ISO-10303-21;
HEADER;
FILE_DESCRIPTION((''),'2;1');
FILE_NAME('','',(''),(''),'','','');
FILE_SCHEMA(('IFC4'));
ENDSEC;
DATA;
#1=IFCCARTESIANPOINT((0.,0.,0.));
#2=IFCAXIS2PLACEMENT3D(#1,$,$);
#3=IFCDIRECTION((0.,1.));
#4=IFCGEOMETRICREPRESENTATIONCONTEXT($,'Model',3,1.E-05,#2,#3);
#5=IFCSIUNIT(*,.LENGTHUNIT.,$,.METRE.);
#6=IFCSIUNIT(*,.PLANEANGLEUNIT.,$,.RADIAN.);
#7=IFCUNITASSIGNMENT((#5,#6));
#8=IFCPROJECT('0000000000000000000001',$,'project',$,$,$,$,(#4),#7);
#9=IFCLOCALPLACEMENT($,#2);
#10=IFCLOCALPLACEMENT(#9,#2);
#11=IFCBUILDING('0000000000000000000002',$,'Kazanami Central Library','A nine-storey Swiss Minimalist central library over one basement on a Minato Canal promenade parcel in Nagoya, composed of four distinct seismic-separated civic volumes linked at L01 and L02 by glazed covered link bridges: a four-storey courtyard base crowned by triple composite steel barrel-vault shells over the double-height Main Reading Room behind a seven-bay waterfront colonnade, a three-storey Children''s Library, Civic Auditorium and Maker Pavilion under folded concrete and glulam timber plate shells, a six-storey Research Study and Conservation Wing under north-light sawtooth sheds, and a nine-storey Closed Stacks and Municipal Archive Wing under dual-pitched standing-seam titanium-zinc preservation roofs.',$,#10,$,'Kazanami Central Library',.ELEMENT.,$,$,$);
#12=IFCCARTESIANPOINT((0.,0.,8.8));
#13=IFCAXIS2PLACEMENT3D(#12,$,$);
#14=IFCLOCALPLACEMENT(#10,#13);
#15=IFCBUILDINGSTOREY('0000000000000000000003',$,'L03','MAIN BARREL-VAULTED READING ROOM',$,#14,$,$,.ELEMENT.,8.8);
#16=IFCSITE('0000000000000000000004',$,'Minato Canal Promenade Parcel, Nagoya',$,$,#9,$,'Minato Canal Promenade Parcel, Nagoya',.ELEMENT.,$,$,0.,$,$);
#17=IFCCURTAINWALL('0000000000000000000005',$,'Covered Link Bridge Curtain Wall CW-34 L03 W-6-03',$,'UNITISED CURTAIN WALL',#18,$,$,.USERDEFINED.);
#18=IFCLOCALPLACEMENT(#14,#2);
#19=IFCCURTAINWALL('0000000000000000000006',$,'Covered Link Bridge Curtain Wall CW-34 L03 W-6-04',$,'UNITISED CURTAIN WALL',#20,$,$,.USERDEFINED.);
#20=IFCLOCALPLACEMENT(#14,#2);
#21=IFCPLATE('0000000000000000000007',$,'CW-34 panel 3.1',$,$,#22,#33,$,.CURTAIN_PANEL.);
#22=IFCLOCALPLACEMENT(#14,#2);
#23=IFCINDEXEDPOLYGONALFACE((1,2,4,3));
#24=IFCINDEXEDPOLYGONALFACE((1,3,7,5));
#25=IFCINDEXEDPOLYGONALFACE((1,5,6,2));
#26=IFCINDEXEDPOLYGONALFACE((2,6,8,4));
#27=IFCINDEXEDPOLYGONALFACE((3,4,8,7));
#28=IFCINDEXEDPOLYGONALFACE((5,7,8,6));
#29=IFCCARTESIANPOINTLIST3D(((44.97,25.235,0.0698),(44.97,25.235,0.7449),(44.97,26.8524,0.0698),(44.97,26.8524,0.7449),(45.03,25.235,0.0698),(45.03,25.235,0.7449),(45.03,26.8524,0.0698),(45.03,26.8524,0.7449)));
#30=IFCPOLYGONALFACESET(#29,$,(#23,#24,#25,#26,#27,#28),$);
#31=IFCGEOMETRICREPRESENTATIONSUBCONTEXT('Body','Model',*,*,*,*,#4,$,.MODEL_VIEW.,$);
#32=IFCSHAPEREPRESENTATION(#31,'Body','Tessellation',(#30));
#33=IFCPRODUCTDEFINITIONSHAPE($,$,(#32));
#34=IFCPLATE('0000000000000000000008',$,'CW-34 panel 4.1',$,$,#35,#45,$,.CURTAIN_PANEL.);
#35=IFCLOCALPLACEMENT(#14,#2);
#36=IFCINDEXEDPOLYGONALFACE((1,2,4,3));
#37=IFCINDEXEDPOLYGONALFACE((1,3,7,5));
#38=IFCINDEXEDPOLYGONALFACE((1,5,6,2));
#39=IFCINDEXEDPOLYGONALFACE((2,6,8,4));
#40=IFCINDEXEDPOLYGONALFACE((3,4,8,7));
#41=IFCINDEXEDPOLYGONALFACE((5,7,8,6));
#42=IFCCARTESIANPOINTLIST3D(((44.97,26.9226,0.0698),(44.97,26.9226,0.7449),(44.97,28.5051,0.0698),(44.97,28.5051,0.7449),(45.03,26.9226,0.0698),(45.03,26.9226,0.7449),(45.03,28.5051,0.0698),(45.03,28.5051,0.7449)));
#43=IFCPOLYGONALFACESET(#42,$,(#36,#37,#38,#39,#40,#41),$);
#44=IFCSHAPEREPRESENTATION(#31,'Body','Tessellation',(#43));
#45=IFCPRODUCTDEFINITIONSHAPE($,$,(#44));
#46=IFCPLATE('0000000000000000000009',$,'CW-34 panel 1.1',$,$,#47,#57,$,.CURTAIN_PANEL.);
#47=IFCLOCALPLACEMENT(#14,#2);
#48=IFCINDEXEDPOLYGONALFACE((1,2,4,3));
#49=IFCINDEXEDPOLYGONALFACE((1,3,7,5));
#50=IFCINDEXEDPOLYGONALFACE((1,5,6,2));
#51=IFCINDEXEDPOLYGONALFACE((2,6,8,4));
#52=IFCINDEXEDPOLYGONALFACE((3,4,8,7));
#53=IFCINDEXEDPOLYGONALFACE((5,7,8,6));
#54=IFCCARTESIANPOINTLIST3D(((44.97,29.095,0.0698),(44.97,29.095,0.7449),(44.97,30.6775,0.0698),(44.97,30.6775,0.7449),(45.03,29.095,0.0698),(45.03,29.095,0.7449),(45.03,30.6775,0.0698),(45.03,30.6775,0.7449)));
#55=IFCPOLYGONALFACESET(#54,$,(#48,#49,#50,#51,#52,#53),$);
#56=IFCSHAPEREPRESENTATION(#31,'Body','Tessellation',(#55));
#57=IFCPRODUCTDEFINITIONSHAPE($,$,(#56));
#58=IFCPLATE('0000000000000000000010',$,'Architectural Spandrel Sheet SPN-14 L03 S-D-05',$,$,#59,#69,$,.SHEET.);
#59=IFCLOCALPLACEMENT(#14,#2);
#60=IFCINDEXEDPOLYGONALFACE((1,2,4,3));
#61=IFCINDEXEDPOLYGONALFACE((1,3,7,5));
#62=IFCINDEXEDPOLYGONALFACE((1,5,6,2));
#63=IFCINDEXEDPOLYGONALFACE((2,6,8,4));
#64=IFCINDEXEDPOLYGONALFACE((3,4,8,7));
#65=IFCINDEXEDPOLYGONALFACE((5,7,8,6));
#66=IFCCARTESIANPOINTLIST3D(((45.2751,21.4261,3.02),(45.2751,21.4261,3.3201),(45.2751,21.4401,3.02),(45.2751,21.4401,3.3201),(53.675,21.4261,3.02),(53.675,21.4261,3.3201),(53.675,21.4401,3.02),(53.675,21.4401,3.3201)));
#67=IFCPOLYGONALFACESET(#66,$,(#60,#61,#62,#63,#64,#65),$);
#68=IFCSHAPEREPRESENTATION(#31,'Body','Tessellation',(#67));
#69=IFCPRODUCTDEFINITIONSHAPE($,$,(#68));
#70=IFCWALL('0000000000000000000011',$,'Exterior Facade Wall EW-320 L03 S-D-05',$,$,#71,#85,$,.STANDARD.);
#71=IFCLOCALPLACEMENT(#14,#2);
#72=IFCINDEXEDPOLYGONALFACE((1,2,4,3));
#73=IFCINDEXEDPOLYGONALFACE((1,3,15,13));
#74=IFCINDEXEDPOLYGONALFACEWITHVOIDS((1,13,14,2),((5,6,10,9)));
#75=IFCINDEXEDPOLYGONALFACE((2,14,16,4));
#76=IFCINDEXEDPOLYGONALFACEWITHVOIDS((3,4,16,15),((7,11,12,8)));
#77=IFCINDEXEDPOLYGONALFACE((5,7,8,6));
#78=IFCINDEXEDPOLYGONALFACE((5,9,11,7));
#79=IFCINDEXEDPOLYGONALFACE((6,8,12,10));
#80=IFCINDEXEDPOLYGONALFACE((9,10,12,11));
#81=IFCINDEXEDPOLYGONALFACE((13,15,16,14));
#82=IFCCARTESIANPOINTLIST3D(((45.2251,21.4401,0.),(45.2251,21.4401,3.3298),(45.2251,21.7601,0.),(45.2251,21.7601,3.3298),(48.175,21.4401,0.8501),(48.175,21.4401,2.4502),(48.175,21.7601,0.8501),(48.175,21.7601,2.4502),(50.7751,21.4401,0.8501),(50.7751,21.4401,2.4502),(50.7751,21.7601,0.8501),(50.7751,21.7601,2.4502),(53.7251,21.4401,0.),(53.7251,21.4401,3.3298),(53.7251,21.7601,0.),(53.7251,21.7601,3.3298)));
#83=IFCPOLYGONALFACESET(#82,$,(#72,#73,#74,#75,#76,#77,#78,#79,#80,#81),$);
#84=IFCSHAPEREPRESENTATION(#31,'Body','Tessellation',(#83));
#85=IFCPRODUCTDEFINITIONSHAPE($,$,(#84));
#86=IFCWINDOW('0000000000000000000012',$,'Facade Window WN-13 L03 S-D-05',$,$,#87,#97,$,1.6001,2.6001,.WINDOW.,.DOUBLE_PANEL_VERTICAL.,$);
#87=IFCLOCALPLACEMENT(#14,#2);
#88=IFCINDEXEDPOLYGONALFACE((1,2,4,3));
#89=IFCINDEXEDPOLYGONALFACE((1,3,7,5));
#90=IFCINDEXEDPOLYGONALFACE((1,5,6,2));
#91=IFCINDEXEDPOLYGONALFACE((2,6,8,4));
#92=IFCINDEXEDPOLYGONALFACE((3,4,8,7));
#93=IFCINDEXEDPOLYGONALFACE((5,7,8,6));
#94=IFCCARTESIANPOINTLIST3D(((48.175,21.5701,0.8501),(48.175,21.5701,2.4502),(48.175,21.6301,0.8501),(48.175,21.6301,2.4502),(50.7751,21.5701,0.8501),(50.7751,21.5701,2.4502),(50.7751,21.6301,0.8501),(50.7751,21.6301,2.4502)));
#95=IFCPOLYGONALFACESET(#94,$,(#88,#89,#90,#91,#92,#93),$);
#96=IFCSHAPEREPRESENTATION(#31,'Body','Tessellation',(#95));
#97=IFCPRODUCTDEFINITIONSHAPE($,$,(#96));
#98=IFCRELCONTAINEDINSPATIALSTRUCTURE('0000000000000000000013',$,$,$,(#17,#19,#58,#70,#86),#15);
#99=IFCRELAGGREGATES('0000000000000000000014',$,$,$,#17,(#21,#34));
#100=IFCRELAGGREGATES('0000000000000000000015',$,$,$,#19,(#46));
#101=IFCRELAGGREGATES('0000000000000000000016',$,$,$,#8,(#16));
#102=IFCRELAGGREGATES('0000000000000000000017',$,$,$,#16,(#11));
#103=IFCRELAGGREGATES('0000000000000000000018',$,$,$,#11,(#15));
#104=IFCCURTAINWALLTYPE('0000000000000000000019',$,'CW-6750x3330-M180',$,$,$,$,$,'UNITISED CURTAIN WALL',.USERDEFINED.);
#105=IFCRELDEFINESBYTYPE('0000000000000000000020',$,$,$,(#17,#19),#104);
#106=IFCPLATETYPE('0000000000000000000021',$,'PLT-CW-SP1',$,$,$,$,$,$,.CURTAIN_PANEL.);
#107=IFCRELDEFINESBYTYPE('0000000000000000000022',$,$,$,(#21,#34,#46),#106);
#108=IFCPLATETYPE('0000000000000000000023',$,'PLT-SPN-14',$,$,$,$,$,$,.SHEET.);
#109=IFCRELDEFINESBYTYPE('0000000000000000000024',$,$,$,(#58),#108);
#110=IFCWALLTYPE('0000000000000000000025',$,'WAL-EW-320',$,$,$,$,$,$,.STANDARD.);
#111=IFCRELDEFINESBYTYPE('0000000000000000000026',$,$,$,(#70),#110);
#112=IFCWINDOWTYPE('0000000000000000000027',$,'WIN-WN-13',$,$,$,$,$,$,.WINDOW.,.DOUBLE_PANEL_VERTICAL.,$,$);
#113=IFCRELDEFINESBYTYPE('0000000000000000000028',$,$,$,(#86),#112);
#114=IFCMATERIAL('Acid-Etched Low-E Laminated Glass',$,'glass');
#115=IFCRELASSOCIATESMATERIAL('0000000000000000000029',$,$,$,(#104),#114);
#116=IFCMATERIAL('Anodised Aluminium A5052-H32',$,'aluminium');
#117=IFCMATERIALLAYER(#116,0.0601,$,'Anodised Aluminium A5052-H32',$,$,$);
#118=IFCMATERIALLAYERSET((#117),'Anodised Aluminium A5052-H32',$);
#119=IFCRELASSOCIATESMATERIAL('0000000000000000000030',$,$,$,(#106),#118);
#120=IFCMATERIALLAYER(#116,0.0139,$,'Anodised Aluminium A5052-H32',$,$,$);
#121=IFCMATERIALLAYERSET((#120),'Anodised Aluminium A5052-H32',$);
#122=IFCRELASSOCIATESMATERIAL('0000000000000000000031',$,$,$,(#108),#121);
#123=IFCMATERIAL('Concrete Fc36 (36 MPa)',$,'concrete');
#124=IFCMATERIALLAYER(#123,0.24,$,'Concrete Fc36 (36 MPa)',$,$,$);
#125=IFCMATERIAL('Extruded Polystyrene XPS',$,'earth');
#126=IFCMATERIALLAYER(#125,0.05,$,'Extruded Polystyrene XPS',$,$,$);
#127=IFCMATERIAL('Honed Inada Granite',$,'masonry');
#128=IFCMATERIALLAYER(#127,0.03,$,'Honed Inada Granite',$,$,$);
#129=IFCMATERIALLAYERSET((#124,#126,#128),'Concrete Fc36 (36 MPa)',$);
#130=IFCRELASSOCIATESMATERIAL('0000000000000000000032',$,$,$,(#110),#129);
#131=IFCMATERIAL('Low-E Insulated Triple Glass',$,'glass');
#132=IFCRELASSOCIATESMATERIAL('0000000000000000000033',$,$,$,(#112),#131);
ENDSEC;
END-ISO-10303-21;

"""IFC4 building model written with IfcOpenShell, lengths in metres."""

from ifc_helpers import new_model, si_unit, direction, frame, frame_2d, origin, origin_2d, place, context, subcontext, project, spatial, rectangle, extrude, material, layer, layer_set, type_object, element, fill, aggregate, save


model = new_model("IFC4")

# Units and contexts
model_context = context("Model", 3, precision=1e-05, world=origin(), true_north=direction((0.0, 1.0)))
body_context = subcontext(model_context, "Body", "Model", "MODEL_VIEW")
ifc_project = project(units=[si_unit("LENGTHUNIT", "METRE"), si_unit("PLANEANGLEUNIT", "RADIAN")], contexts=[model_context])

# Site, building, storey
site_placement = place(None, origin())
site = spatial("IfcSite", under=ifc_project, at=site_placement, Name="Minato Canal Promenade Parcel, Nagoya", LongName="Minato Canal Promenade Parcel, Nagoya", CompositionType="ELEMENT", RefElevation=0.0)
building_placement = place(site_placement, origin())
building = spatial("IfcBuilding", under=site, at=building_placement, Name="Kazanami Central Library", Description="A nine-storey Swiss Minimalist central library over one basement on a Minato Canal promenade parcel in Nagoya, composed of four distinct seismic-separated civic volumes linked at L01 and L02 by glazed covered link bridges: a four-storey courtyard base crowned by triple composite steel barrel-vault shells over the double-height Main Reading Room behind a seven-bay waterfront colonnade, a three-storey Children's Library, Civic Auditorium and Maker Pavilion under folded concrete and glulam timber plate shells, a six-storey Research Study and Conservation Wing under north-light sawtooth sheds, and a nine-storey Closed Stacks and Municipal Archive Wing under dual-pitched standing-seam titanium-zinc preservation roofs.", LongName="Kazanami Central Library", CompositionType="ELEMENT")
storey_placement = place(building_placement, frame((0.0, 0.0, 8.8)))
storey = spatial("IfcBuildingStorey", under=building, at=storey_placement, Name="L03", Description="MAIN BARREL-VAULTED READING ROOM", CompositionType="ELEMENT", Elevation=8.8)

# Shared definitions
ifc_material_1 = material(Name="Acid-Etched Low-E Laminated Glass", Category="glass")

# Curtain wall
curtain_wall_type_1 = type_object("IfcCurtainWallType", Name="CW-6750x3330-M180", ElementType="UNITISED CURTAIN WALL", PredefinedType="USERDEFINED", material=ifc_material_1)
curtain_wall_1_placement = place(storey_placement, origin())
curtain_wall_1 = element("IfcCurtainWall", 1, at=curtain_wall_1_placement, inside=storey, type_object=curtain_wall_type_1, Name="Covered Link Bridge Curtain Wall CW-34 L03 W-6-03", ObjectType="UNITISED CURTAIN WALL", PredefinedType="USERDEFINED")

# Curtain wall
curtain_wall_2_placement = place(storey_placement, origin())
curtain_wall_2 = element("IfcCurtainWall", 2, at=curtain_wall_2_placement, inside=storey, type_object=curtain_wall_type_1, Name="Covered Link Bridge Curtain Wall CW-34 L03 W-6-04", ObjectType="UNITISED CURTAIN WALL", PredefinedType="USERDEFINED")

# Plates
ifc_material_2 = material(Name="Low-E Insulated Triple Glass", Category="glass")
ifc_material_3 = material(Name="Anodised Aluminium A5052-H32", Category="aluminium")
ifc_layer_1 = layer(ifc_material_3, 0.0601, Name="Anodised Aluminium A5052-H32")
ifc_layer_set_1 = layer_set([ifc_layer_1], Name="Anodised Aluminium A5052-H32")
plate_type_1 = type_object("IfcPlateType", Name="PLT-CW-SP1", PredefinedType="CURTAIN_PANEL", material=ifc_layer_set_1)
plate_1_placement = place(storey_placement, frame((45.0, 26.0437, 0.0698), z_axis=(0.0, 0.0, 1.0), x_axis=(0.0, 1.0, 0.0)))
plate_1 = element("IfcPlate", 3, at=plate_1_placement, type_object=plate_type_1, Name="CW-34 panel 3.1", PredefinedType="CURTAIN_PANEL", context=body_context, shape_type="SweptSolid", body=[
    extrude(rectangle(XDim=1.6174, YDim=0.0601, at=origin_2d()), origin(), (0.0, 0.0, 1.0), 0.675),
])
plate_2_placement = place(storey_placement, frame((45.0, 27.7139, 0.0698), z_axis=(0.0, 0.0, 1.0), x_axis=(0.0, 1.0, 0.0)))
plate_2 = element("IfcPlate", 4, at=plate_2_placement, type_object=plate_type_1, Name="CW-34 panel 4.1", PredefinedType="CURTAIN_PANEL", context=body_context, shape_type="SweptSolid", body=[
    extrude(rectangle(XDim=1.5825, YDim=0.0601, at=origin_2d()), origin(), (0.0, 0.0, 1.0), 0.675),
])
aggregate(curtain_wall_1, [plate_1, plate_2])
plate_3_placement = place(storey_placement, frame((45.0, 29.8862, 0.0698), z_axis=(0.0, 0.0, 1.0), x_axis=(0.0, 1.0, 0.0)))
plate_3 = element("IfcPlate", 5, at=plate_3_placement, type_object=plate_type_1, Name="CW-34 panel 1.1", PredefinedType="CURTAIN_PANEL", context=body_context, shape_type="SweptSolid", body=[
    extrude(rectangle(XDim=1.5825, YDim=0.0601, at=origin_2d()), origin(), (0.0, 0.0, 1.0), 0.675),
])
aggregate(curtain_wall_2, [plate_3])
ifc_layer_2 = layer(ifc_material_3, 0.0139, Name="Anodised Aluminium A5052-H32")
ifc_layer_set_2 = layer_set([ifc_layer_2], Name="Anodised Aluminium A5052-H32")
plate_type_2 = type_object("IfcPlateType", Name="PLT-SPN-14", PredefinedType="SHEET", material=ifc_layer_set_2)
plate_4_placement = place(storey_placement, frame((49.4751, 21.4331, 3.02), z_axis=(0.0, 0.0, 1.0), x_axis=(1.0, 0.0, 0.0)))
element("IfcPlate", 6, at=plate_4_placement, inside=storey, type_object=plate_type_2, Name="Architectural Spandrel Sheet SPN-14 L03 S-D-05", PredefinedType="SHEET", context=body_context, shape_type="SweptSolid", body=[
    extrude(rectangle(XDim=8.3999, YDim=0.0139, at=origin_2d()), origin(), (0.0, 0.0, 1.0), 0.3),
])

# Wall, opening, window
ifc_material_4 = material(Name="Concrete Fc36 (36 MPa)", Category="concrete")
ifc_layer_3 = layer(ifc_material_4, 0.24, Name="Concrete Fc36 (36 MPa)")
ifc_material_5 = material(Name="Extruded Polystyrene XPS", Category="earth")
ifc_layer_4 = layer(ifc_material_5, 0.05, Name="Extruded Polystyrene XPS")
ifc_material_6 = material(Name="Honed Inada Granite", Category="masonry")
ifc_layer_5 = layer(ifc_material_6, 0.03, Name="Honed Inada Granite")
ifc_layer_set_3 = layer_set([ifc_layer_3, ifc_layer_4, ifc_layer_5], Name="Concrete Fc36 (36 MPa)")
wall_type = type_object("IfcWallType", Name="WAL-EW-320", PredefinedType="STANDARD", material=ifc_layer_set_3)
wall_placement = place(storey_placement, frame((45.2251, 21.6001, 0.0), z_axis=(0.0, 0.0, 1.0), x_axis=(1.0, 0.0, 0.0)))
wall = element("IfcWall", 7, at=wall_placement, inside=storey, type_object=wall_type, Name="Exterior Facade Wall EW-320 L03 S-D-05", PredefinedType="STANDARD", context=body_context, shape_type="SweptSolid", body=[
    extrude(rectangle(XDim=8.5, YDim=0.3201, at=frame_2d((4.25, 0.0))), origin(), (0.0, 0.0, 1.0), 3.3298),
])
opening_placement = place(wall_placement, frame((2.95, 0.0, 0.8501)))
opening = element("IfcOpeningElement", 8, at=opening_placement, cuts=wall, PredefinedType="OPENING", context=body_context, shape_type="SweptSolid", body=[
    extrude(rectangle(XDim=2.6001, YDim=1.6001, at=frame_2d((1.3, 0.8))), frame((0.0, 0.1719, 0.0), z_axis=(0.0, -1.0, 0.0), x_axis=(1.0, 0.0, 0.0)), (0.0, 0.0, 1.0), 0.344),
])
window_type = type_object("IfcWindowType", Name="WIN-WN-13", PartitioningType="DOUBLE_PANEL_VERTICAL", PredefinedType="WINDOW", material=ifc_material_2)
window_placement = place(opening_placement, origin())
window = element("IfcWindow", 9, at=window_placement, inside=storey, type_object=window_type, Name="Facade Window WN-13 L03 S-D-05", OverallHeight=1.6001, OverallWidth=2.6001, PartitioningType="DOUBLE_PANEL_VERTICAL", PredefinedType="WINDOW", context=body_context, shape_type="SweptSolid", body=[
    extrude(rectangle(XDim=2.6001, YDim=1.6001, at=frame_2d((1.3, 0.8))), frame((0.0, 0.03, 0.0), z_axis=(0.0, -1.0, 0.0), x_axis=(1.0, 0.0, 0.0)), (0.0, 0.0, 1.0), 0.0601),
])
fill(opening, window)

save(model, "model.ifc")
